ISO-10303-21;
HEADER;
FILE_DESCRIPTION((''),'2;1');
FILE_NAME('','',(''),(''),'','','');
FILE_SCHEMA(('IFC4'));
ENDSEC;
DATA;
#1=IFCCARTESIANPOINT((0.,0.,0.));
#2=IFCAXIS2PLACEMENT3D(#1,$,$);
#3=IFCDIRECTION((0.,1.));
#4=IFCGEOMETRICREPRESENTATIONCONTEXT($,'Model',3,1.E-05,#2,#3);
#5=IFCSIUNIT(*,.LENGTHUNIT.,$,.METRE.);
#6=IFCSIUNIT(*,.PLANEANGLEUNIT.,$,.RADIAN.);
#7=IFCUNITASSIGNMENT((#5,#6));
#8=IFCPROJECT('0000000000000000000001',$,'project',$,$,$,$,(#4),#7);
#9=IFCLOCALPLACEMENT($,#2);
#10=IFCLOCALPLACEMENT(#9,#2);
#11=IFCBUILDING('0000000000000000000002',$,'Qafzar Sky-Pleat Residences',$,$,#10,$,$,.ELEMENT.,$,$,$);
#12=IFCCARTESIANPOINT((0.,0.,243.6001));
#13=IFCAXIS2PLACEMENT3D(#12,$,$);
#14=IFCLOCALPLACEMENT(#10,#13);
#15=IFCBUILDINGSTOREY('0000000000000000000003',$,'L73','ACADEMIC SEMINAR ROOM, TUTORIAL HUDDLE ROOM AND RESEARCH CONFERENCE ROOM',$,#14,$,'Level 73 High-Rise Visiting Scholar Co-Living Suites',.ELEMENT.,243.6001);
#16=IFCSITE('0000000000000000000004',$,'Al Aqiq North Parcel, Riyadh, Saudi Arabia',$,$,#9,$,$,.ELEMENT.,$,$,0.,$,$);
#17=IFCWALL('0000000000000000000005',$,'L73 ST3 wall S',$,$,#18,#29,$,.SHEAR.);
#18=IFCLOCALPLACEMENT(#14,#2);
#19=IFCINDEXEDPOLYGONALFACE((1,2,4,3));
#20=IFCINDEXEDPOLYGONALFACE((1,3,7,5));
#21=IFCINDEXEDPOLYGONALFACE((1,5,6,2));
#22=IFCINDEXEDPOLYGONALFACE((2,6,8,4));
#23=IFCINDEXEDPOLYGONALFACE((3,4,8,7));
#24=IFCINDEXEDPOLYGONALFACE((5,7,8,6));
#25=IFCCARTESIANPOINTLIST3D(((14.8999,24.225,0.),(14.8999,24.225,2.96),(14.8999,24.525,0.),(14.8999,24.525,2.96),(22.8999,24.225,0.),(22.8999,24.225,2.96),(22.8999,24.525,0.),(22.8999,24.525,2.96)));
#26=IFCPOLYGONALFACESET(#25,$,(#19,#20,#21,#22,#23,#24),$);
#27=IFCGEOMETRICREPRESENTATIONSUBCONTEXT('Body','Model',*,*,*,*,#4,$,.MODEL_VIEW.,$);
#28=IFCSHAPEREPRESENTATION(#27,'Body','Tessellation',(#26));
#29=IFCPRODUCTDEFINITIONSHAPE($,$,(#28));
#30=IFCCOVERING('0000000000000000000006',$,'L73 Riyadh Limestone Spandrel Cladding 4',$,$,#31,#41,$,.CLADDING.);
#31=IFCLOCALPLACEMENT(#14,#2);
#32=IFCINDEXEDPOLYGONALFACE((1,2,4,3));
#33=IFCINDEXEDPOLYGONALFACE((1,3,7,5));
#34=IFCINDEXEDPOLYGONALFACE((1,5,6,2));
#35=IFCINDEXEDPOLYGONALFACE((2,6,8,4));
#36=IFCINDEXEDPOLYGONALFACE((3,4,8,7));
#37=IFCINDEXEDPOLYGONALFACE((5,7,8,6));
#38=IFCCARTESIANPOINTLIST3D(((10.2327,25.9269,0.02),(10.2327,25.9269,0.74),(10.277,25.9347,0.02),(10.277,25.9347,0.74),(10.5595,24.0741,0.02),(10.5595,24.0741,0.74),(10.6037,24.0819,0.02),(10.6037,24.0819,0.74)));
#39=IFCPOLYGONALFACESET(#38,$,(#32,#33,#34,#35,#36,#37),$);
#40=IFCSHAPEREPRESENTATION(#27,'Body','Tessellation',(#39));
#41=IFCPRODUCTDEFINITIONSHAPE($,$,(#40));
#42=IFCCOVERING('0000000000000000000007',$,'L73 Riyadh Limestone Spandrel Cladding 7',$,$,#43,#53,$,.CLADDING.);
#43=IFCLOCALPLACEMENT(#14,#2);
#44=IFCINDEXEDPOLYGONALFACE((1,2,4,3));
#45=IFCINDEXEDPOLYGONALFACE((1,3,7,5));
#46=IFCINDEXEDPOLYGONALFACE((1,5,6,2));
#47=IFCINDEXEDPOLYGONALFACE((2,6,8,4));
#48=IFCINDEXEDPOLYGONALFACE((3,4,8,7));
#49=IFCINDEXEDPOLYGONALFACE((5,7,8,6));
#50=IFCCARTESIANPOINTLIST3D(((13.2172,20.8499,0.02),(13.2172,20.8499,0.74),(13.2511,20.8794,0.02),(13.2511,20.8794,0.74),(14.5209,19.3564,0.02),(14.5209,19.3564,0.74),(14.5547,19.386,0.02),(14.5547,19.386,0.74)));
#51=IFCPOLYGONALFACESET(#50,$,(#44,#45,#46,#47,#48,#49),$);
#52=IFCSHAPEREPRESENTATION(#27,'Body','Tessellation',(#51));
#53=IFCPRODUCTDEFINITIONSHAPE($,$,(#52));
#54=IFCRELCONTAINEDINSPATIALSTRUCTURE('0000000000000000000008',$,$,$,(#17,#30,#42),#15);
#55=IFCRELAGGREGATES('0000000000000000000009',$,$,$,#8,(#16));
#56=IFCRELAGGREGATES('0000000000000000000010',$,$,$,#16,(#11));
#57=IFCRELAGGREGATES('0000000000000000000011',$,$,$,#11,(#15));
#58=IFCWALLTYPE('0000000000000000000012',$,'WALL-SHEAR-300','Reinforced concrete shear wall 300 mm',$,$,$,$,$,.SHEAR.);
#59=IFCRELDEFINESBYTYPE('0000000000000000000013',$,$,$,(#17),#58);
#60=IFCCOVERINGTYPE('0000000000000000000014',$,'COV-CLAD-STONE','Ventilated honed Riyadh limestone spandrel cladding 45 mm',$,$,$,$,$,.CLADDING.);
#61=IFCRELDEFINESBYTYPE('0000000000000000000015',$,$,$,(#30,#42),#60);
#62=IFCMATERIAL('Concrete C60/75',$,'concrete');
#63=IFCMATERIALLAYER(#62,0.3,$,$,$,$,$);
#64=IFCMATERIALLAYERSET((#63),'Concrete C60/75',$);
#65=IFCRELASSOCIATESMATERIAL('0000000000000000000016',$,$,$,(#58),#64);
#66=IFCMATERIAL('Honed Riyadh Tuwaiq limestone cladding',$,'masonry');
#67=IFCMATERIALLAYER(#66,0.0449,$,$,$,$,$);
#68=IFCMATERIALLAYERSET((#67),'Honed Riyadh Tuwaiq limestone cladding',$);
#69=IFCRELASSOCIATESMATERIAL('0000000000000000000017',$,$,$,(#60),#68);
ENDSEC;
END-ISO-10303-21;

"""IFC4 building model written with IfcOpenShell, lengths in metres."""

from ifc_helpers import new_model, si_unit, direction, frame, frame_2d, origin, origin_2d, place, context, subcontext, project, spatial, rectangle, extrude, source, transform, mapped, material, layer, layer_set, type_object, element, save


model = new_model("IFC4")

# Units and contexts
model_context = context("Model", 3, precision=1e-05, world=origin(), true_north=direction((0.0, 1.0)))
body_context = subcontext(model_context, "Body", "Model", "MODEL_VIEW")
ifc_project = project(units=[si_unit("LENGTHUNIT", "METRE"), si_unit("PLANEANGLEUNIT", "RADIAN")], contexts=[model_context])

# Site, building, storey
site_placement = place(None, origin())
site = spatial("IfcSite", under=ifc_project, at=site_placement, Name="Al Aqiq North Parcel, Riyadh, Saudi Arabia", CompositionType="ELEMENT", RefElevation=0.0)
building_placement = place(site_placement, origin())
building = spatial("IfcBuilding", under=site, at=building_placement, Name="Qafzar Sky-Pleat Residences", CompositionType="ELEMENT")
storey_placement = place(building_placement, frame((0.0, 0.0, 243.6001)))
storey = spatial("IfcBuildingStorey", under=building, at=storey_placement, Name="L73", Description="ACADEMIC SEMINAR ROOM, TUTORIAL HUDDLE ROOM AND RESEARCH CONFERENCE ROOM", LongName="Level 73 High-Rise Visiting Scholar Co-Living Suites", CompositionType="ELEMENT", Elevation=243.6001)

# Wall
ifc_material_1 = material(Name="Concrete C60/75", Category="concrete")
ifc_layer_1 = layer(ifc_material_1, 0.3)
ifc_layer_set_1 = layer_set([ifc_layer_1], Name="Concrete C60/75")
wall_type_1 = type_object("IfcWallType", Name="WALL-SHEAR-300", Description="Reinforced concrete shear wall 300 mm", PredefinedType="SHEAR", material=ifc_layer_set_1)
wall_1_placement = place(storey_placement, frame((14.8999, 24.375, 0.0), z_axis=(0.0, 0.0, 1.0), x_axis=(1.0, 0.0, 0.0)))
element("IfcWall", 1, at=wall_1_placement, inside=storey, type_object=wall_type_1, Name="L73 ST3 wall S", PredefinedType="SHEAR", context=body_context, shape_type="SweptSolid", body=[
    extrude(rectangle(XDim=8.0, YDim=0.3, at=frame_2d((4.0, 0.0))), origin(), (0.0, 0.0, 1.0), 2.96),
])

# Covering
ifc_material_2 = material(Name="Honed Riyadh Tuwaiq limestone cladding", Category="masonry")
ifc_layer_2 = layer(ifc_material_2, 0.0449)
ifc_layer_set_2 = layer_set([ifc_layer_2], Name="Honed Riyadh Tuwaiq limestone cladding")
covering_type = type_object("IfcCoveringType", Name="COV-CLAD-STONE", Description="Ventilated honed Riyadh limestone spandrel cladding 45 mm", PredefinedType="CLADDING", material=ifc_layer_set_2)
shared_shape_1 = source(origin(), body_context, "Body", "SweptSolid", [
    extrude(rectangle(XDim=1.8813, YDim=0.0449, at=origin_2d()), origin(), (0.0, 0.0, 1.0), 0.72),
])
covering_1_placement = place(storey_placement, frame((10.4182, 25.0044, 0.02), z_axis=(0.0, 0.0, 1.0), x_axis=(0.173663, -0.984805, 0.0)))
element("IfcCovering", 2, at=covering_1_placement, inside=storey, type_object=covering_type, Name="L73 Riyadh Limestone Spandrel Cladding 4", PredefinedType="CLADDING", context=body_context, shape_type="MappedRepresentation", body=[
    mapped(shared_shape_1, transform((0.0, 0.0, 0.0), x_axis=(1.0, 0.0, 0.0), y_axis=(0.0, 1.0, 0.0), z_axis=(0.0, 0.0, 1.0), scale=1.0)),
])

# Covering
shared_shape_2 = source(origin(), body_context, "Body", "SweptSolid", [
    extrude(rectangle(XDim=1.9824, YDim=0.0449, at=origin_2d()), origin(), (0.0, 0.0, 1.0), 0.72),
])
covering_2_placement = place(storey_placement, frame((13.886, 20.1179, 0.02), z_axis=(0.0, 0.0, 1.0), x_axis=(0.657614, -0.753355, 0.0)))
element("IfcCovering", 3, at=covering_2_placement, inside=storey, type_object=covering_type, Name="L73 Riyadh Limestone Spandrel Cladding 7", PredefinedType="CLADDING", context=body_context, shape_type="MappedRepresentation", body=[
    mapped(shared_shape_2, transform((0.0, 0.0, 0.0), x_axis=(1.0, 0.0, 0.0), y_axis=(0.0, 1.0, 0.0), z_axis=(0.0, 0.0, 1.0), scale=1.0)),
])

save(model, "model.ifc")
